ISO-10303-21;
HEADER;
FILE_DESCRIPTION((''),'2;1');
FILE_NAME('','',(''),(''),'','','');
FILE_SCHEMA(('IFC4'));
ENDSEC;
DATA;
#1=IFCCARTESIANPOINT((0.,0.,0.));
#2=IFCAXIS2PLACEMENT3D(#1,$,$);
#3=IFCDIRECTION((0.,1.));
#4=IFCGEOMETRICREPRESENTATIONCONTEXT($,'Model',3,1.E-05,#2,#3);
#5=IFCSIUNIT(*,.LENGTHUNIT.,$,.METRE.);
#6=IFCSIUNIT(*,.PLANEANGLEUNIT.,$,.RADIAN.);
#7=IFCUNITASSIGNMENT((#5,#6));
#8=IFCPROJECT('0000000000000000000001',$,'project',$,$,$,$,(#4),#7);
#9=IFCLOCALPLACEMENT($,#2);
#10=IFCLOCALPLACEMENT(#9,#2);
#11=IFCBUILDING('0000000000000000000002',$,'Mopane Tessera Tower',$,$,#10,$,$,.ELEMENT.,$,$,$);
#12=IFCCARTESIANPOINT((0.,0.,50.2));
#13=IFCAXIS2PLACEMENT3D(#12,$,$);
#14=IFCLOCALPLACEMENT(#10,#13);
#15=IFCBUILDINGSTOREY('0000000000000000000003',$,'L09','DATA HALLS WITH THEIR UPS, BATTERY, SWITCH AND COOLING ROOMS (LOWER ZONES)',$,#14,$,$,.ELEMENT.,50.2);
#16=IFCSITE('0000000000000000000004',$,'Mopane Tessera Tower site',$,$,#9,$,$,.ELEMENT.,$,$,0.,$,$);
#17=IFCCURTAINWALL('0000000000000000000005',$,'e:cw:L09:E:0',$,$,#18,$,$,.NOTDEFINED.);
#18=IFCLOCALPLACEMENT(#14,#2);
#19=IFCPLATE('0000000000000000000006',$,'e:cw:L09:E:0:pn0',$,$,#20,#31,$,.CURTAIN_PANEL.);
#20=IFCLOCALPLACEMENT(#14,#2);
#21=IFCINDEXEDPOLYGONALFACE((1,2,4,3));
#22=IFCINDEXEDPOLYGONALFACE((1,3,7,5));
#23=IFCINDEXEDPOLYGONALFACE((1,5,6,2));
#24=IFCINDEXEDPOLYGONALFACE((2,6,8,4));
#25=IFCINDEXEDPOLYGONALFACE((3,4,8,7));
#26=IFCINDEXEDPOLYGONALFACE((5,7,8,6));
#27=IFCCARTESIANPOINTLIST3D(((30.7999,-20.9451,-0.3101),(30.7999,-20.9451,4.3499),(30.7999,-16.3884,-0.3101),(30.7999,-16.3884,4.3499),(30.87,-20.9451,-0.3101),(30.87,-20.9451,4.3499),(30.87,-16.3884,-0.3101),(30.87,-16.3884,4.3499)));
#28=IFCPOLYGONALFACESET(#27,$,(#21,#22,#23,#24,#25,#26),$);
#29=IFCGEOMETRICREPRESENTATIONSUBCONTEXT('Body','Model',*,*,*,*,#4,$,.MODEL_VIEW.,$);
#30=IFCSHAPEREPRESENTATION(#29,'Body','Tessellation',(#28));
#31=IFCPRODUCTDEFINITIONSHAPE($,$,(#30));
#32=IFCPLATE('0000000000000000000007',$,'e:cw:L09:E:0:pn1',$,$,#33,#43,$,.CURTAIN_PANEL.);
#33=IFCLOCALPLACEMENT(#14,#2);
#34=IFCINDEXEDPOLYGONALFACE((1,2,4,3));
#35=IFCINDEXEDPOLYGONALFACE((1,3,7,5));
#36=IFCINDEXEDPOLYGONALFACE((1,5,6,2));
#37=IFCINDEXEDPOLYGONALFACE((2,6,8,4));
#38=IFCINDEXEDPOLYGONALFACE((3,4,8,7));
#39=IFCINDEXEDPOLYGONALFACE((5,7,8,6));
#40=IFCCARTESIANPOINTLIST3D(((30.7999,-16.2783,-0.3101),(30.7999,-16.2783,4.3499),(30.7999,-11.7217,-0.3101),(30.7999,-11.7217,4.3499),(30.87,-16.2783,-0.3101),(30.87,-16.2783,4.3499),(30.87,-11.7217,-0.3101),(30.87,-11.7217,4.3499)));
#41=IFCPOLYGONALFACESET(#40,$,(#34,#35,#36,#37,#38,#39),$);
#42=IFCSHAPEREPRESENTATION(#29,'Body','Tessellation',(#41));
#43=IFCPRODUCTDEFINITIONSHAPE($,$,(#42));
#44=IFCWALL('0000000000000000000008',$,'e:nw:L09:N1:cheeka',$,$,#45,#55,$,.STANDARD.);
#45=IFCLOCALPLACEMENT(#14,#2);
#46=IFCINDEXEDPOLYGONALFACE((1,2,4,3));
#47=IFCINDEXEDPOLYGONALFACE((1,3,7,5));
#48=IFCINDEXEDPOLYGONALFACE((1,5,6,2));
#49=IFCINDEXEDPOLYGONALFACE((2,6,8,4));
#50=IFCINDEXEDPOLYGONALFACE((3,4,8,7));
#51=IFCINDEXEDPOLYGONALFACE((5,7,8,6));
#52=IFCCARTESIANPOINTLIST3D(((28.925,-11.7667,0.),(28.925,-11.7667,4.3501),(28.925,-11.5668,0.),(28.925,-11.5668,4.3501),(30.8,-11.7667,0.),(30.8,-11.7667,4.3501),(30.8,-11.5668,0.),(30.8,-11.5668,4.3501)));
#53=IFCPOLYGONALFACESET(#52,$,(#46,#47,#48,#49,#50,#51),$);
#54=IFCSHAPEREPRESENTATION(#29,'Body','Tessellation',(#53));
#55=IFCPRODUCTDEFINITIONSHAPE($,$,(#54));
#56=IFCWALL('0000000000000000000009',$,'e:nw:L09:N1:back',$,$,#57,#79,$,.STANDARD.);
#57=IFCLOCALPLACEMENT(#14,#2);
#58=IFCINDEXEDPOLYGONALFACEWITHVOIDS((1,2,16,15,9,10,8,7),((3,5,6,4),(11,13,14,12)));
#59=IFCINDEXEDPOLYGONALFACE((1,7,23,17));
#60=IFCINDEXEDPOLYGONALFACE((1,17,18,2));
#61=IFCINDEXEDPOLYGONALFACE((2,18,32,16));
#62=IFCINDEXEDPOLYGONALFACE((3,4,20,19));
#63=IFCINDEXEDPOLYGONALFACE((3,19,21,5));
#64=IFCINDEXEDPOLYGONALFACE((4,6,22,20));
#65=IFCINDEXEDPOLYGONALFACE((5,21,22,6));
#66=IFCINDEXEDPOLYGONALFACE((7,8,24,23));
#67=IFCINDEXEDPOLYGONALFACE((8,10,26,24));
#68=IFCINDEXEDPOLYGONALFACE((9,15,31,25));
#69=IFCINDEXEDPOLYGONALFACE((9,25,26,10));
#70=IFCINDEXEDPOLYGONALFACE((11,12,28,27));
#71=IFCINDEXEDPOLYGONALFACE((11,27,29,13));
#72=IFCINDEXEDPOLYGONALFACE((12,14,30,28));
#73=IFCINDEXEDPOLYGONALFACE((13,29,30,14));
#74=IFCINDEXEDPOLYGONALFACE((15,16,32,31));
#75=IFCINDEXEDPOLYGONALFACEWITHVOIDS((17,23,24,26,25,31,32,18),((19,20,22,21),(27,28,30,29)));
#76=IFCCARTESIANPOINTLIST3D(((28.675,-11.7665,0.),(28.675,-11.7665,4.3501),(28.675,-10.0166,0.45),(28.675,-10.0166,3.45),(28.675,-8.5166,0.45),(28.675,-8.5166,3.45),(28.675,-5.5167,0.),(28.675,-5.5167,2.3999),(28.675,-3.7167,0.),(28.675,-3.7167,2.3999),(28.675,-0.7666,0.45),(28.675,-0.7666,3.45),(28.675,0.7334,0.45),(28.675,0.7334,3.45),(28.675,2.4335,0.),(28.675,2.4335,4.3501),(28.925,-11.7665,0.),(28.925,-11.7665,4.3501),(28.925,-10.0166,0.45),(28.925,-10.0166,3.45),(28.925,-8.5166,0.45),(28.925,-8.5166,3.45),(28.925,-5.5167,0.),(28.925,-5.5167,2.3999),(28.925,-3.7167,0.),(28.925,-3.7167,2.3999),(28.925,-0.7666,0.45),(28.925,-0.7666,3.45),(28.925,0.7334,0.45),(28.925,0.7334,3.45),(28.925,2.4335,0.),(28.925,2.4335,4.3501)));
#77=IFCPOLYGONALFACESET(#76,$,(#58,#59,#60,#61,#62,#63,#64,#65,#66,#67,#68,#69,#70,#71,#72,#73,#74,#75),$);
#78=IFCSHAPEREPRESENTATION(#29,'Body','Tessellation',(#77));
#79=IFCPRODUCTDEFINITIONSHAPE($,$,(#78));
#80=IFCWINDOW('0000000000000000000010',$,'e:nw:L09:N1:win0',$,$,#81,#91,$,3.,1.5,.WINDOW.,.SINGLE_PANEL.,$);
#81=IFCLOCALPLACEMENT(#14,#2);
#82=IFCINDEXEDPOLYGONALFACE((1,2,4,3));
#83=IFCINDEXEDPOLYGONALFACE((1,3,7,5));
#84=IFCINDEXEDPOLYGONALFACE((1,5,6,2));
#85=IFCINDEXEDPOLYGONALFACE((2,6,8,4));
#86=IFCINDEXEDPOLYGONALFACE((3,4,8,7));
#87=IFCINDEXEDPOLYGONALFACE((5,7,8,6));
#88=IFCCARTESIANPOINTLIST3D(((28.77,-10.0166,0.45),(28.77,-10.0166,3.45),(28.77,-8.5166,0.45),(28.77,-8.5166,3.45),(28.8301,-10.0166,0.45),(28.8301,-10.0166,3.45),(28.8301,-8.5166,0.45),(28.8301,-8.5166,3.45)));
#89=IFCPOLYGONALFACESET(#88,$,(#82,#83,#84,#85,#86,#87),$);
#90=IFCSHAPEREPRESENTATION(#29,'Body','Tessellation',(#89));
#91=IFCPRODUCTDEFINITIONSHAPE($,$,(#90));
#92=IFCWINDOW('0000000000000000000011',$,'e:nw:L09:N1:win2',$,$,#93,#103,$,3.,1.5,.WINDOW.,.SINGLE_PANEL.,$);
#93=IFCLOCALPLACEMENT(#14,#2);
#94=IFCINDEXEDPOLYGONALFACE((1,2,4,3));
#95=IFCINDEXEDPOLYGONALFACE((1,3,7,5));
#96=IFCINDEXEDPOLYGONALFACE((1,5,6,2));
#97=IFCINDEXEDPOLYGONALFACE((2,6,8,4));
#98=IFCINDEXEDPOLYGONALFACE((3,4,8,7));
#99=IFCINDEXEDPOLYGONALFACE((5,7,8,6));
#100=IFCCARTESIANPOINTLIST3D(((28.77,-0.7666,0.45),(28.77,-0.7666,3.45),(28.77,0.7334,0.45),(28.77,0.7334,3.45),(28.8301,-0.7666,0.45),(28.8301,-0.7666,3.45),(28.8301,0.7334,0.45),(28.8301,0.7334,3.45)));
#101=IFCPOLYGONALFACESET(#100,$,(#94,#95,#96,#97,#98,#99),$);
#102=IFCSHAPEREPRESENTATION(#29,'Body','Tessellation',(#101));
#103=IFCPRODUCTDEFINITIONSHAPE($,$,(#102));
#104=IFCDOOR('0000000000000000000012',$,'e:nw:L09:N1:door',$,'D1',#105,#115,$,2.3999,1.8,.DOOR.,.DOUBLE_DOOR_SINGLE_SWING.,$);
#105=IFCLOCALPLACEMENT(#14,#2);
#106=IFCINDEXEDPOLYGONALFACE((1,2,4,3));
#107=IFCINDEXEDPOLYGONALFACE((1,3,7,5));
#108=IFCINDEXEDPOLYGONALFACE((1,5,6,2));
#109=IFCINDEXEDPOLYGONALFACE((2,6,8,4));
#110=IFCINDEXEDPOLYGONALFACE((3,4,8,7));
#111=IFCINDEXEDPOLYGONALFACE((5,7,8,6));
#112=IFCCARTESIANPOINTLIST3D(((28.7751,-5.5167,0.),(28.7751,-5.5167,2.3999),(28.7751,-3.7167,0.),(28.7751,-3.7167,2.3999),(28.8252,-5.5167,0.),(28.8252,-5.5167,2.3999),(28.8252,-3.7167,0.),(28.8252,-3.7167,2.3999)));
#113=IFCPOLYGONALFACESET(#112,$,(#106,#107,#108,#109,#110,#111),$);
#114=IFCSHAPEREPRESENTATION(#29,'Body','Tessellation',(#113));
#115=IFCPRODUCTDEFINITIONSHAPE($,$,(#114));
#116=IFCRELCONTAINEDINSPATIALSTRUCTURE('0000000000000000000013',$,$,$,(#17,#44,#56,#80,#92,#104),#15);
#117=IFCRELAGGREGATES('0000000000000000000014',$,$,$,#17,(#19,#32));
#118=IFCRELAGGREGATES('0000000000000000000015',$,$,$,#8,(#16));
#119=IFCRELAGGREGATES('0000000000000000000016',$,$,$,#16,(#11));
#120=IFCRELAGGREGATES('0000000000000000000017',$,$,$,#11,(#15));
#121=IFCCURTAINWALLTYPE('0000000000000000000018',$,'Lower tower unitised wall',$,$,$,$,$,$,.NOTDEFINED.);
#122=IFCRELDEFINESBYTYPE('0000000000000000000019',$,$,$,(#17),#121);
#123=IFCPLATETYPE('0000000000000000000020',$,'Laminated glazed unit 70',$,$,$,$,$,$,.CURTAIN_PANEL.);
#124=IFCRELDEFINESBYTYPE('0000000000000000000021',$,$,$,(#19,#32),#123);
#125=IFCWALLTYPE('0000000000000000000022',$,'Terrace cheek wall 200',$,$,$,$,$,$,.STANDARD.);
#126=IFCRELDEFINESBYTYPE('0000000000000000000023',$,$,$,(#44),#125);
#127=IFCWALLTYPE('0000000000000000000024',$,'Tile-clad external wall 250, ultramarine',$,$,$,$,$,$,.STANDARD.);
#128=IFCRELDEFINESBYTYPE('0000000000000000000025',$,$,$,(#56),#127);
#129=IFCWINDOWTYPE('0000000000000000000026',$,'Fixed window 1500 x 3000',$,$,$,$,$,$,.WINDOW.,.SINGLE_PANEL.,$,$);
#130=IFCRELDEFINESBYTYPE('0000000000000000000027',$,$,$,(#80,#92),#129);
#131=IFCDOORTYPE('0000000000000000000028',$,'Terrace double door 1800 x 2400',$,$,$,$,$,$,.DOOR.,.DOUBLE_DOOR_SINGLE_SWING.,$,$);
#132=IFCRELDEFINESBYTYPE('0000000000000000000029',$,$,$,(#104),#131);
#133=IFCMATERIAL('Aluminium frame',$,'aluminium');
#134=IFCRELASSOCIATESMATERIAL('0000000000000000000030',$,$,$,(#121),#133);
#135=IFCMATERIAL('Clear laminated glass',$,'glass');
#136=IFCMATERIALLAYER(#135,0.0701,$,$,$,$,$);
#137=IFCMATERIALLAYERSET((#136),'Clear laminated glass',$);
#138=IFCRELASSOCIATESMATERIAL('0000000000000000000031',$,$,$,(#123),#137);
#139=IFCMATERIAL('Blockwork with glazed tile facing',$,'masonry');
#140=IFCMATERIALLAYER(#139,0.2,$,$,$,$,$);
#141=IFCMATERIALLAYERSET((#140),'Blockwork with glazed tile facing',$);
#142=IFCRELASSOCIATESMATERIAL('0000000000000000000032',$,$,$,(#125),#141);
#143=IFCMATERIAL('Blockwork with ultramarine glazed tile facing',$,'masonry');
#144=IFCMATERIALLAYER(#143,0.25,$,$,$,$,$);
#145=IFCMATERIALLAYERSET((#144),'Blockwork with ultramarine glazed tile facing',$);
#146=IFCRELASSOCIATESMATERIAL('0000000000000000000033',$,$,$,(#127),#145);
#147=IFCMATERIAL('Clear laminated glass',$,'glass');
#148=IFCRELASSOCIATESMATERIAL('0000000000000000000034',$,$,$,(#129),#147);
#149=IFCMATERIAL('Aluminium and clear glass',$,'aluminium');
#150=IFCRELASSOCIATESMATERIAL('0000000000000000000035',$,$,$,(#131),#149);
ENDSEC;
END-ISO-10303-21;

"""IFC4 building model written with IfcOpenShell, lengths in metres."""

from ifc_helpers import new_model, si_unit, direction, frame, frame_2d, origin, origin_2d, place, context, subcontext, project, spatial, rectangle, extrude, material, layer, layer_set, type_object, element, fill, aggregate, save


model = new_model("IFC4")

# Units and contexts
model_context = context("Model", 3, precision=1e-05, world=origin(), true_north=direction((0.0, 1.0)))
body_context = subcontext(model_context, "Body", "Model", "MODEL_VIEW")
ifc_project = project(units=[si_unit("LENGTHUNIT", "METRE"), si_unit("PLANEANGLEUNIT", "RADIAN")], contexts=[model_context])

# Site, building, storey
site_placement = place(None, origin())
site = spatial("IfcSite", under=ifc_project, at=site_placement, Name="Mopane Tessera Tower site", CompositionType="ELEMENT", RefElevation=0.0)
building_placement = place(site_placement, origin())
building = spatial("IfcBuilding", under=site, at=building_placement, Name="Mopane Tessera Tower", CompositionType="ELEMENT")
storey_placement = place(building_placement, frame((0.0, 0.0, 50.2)))
storey = spatial("IfcBuildingStorey", under=building, at=storey_placement, Name="L09", Description="DATA HALLS WITH THEIR UPS, BATTERY, SWITCH AND COOLING ROOMS (LOWER ZONES)", CompositionType="ELEMENT", Elevation=50.2)

# Curtain wall
ifc_material_1 = material(Name="Aluminium frame", Category="aluminium")
curtain_wall_type = type_object("IfcCurtainWallType", Name="Lower tower unitised wall", PredefinedType="NOTDEFINED", material=ifc_material_1)
curtain_wall_1_placement = place(storey_placement, origin())
curtain_wall_1 = element("IfcCurtainWall", 1, at=curtain_wall_1_placement, inside=storey, type_object=curtain_wall_type, Name="e:cw:L09:E:0", PredefinedType="NOTDEFINED")

# Plates
ifc_material_2 = material(Name="Clear laminated glass", Category="glass")
ifc_layer_1 = layer(ifc_material_2, 0.0701)
ifc_layer_set_1 = layer_set([ifc_layer_1], Name="Clear laminated glass")
plate_type = type_object("IfcPlateType", Name="Laminated glazed unit 70", PredefinedType="CURTAIN_PANEL", material=ifc_layer_set_1)
plate_1_placement = place(storey_placement, frame((30.835, -18.6667, -0.3101), z_axis=(0.0, 0.0, 1.0), x_axis=(0.0, 1.0, 0.0)))
plate_1 = element("IfcPlate", 2, at=plate_1_placement, type_object=plate_type, Name="e:cw:L09:E:0:pn0", PredefinedType="CURTAIN_PANEL", context=body_context, shape_type="SweptSolid", body=[
    extrude(rectangle(XDim=4.5566, YDim=0.0701, at=origin_2d()), origin(), (0.0, 0.0, 1.0), 4.6599),
])
plate_2_placement = place(storey_placement, frame((30.835, -14.0, -0.3101), z_axis=(0.0, 0.0, 1.0), x_axis=(0.0, 1.0, 0.0)))
plate_2 = element("IfcPlate", 3, at=plate_2_placement, type_object=plate_type, Name="e:cw:L09:E:0:pn1", PredefinedType="CURTAIN_PANEL", context=body_context, shape_type="SweptSolid", body=[
    extrude(rectangle(XDim=4.5566, YDim=0.0701, at=origin_2d()), origin(), (0.0, 0.0, 1.0), 4.6599),
])
aggregate(curtain_wall_1, [plate_1, plate_2])

# Wall
ifc_material_3 = material(Name="Blockwork with glazed tile facing", Category="masonry")
ifc_layer_2 = layer(ifc_material_3, 0.2)
ifc_layer_set_2 = layer_set([ifc_layer_2], Name="Blockwork with glazed tile facing")
wall_type_1 = type_object("IfcWallType", Name="Terrace cheek wall 200", PredefinedType="STANDARD", material=ifc_layer_set_2)
wall_1_placement = place(storey_placement, frame((30.8, -11.6667, 0.0), z_axis=(0.0, 0.0, 1.0), x_axis=(-1.0, 0.0, 0.0)))
element("IfcWall", 4, at=wall_1_placement, inside=storey, type_object=wall_type_1, Name="e:nw:L09:N1:cheeka", PredefinedType="STANDARD", context=body_context, shape_type="SweptSolid", body=[
    extrude(rectangle(XDim=1.875, YDim=0.2, at=frame_2d((0.9375, 0.0))), origin(), (0.0, 0.0, 1.0), 4.3501),
])

# Wall, openings, windows, door
ifc_material_4 = material(Name="Blockwork with ultramarine glazed tile facing", Category="masonry")
ifc_layer_3 = layer(ifc_material_4, 0.25)
ifc_layer_set_3 = layer_set([ifc_layer_3], Name="Blockwork with ultramarine glazed tile facing")
wall_type_2 = type_object("IfcWallType", Name="Tile-clad external wall 250, ultramarine", PredefinedType="STANDARD", material=ifc_layer_set_3)
wall_2_placement = place(storey_placement, frame((28.8, -11.7666, 0.0), z_axis=(0.0, 0.0, 1.0), x_axis=(0.0, 1.0, 0.0)))
wall_2 = element("IfcWall", 5, at=wall_2_placement, inside=storey, type_object=wall_type_2, Name="e:nw:L09:N1:back", PredefinedType="STANDARD", context=body_context, shape_type="SweptSolid", body=[
    extrude(rectangle(XDim=14.2, YDim=0.25, at=frame_2d((7.1001, 0.0))), origin(), (0.0, 0.0, 1.0), 4.3501),
])
opening_1_placement = place(wall_2_placement, frame((1.75, 0.0, 0.45)))
opening_1 = element("IfcOpeningElement", 6, at=opening_1_placement, cuts=wall_2, PredefinedType="OPENING", context=body_context, shape_type="SweptSolid", body=[
    extrude(rectangle(XDim=1.5, YDim=3.0, at=frame_2d((0.75, 1.5))), frame((0.0, 0.137, 0.0), z_axis=(0.0, -1.0, 0.0), x_axis=(1.0, 0.0, 0.0)), (0.0, 0.0, 1.0), 0.2739),
])
opening_2_placement = place(wall_2_placement, frame((6.25, 0.0, 0.0)))
opening_2 = element("IfcOpeningElement", 7, at=opening_2_placement, cuts=wall_2, PredefinedType="OPENING", context=body_context, shape_type="SweptSolid", body=[
    extrude(rectangle(XDim=1.8, YDim=2.3999, at=frame_2d((0.8999, 1.2))), frame((0.0, 0.137, 0.0), z_axis=(0.0, -1.0, 0.0), x_axis=(1.0, 0.0, 0.0)), (0.0, 0.0, 1.0), 0.2739),
])
opening_3_placement = place(wall_2_placement, frame((11.0, 0.0, 0.45)))
opening_3 = element("IfcOpeningElement", 8, at=opening_3_placement, cuts=wall_2, PredefinedType="OPENING", context=body_context, shape_type="SweptSolid", body=[
    extrude(rectangle(XDim=1.5, YDim=3.0, at=frame_2d((0.75, 1.5))), frame((0.0, 0.137, 0.0), z_axis=(0.0, -1.0, 0.0), x_axis=(1.0, 0.0, 0.0)), (0.0, 0.0, 1.0), 0.2739),
])
ifc_material_5 = material(Name="Clear laminated glass", Category="glass")
window_type = type_object("IfcWindowType", Name="Fixed window 1500 x 3000", PartitioningType="SINGLE_PANEL", PredefinedType="WINDOW", material=ifc_material_5)
window_1_placement = place(opening_1_placement, origin())
window_1 = element("IfcWindow", 9, at=window_1_placement, inside=storey, type_object=window_type, Name="e:nw:L09:N1:win0", OverallHeight=3.0, OverallWidth=1.5, PartitioningType="SINGLE_PANEL", PredefinedType="WINDOW", context=body_context, shape_type="SweptSolid", body=[
    extrude(rectangle(XDim=1.5, YDim=3.0, at=frame_2d((0.75, 1.5))), frame((0.0, 0.03, 0.0), z_axis=(0.0, -1.0, 0.0), x_axis=(1.0, 0.0, 0.0)), (0.0, 0.0, 1.0), 0.0601),
])
fill(opening_1, window_1)
window_2_placement = place(opening_3_placement, origin())
window_2 = element("IfcWindow", 10, at=window_2_placement, inside=storey, type_object=window_type, Name="e:nw:L09:N1:win2", OverallHeight=3.0, OverallWidth=1.5, PartitioningType="SINGLE_PANEL", PredefinedType="WINDOW", context=body_context, shape_type="SweptSolid", body=[
    extrude(rectangle(XDim=1.5, YDim=3.0, at=frame_2d((0.75, 1.5))), frame((0.0, 0.03, 0.0), z_axis=(0.0, -1.0, 0.0), x_axis=(1.0, 0.0, 0.0)), (0.0, 0.0, 1.0), 0.0601),
])
fill(opening_3, window_2)
ifc_material_6 = material(Name="Aluminium and clear glass", Category="aluminium")
door_type = type_object("IfcDoorType", Name="Terrace double door 1800 x 2400", OperationType="DOUBLE_DOOR_SINGLE_SWING", PredefinedType="DOOR", material=ifc_material_6)
door_placement = place(opening_2_placement, origin())
door = element("IfcDoor", 11, at=door_placement, inside=storey, type_object=door_type, Name="e:nw:L09:N1:door", ObjectType="D1", OperationType="DOUBLE_DOOR_SINGLE_SWING", OverallHeight=2.3999, OverallWidth=1.8, PredefinedType="DOOR", context=body_context, shape_type="SweptSolid", body=[
    extrude(rectangle(XDim=1.8, YDim=2.3999, at=frame_2d((0.8999, 1.2))), frame((0.0, 0.0249, 0.0), z_axis=(0.0, -1.0, 0.0), x_axis=(1.0, 0.0, 0.0)), (0.0, 0.0, 1.0), 0.05),
])
fill(opening_2, door)

save(model, "model.ifc")
